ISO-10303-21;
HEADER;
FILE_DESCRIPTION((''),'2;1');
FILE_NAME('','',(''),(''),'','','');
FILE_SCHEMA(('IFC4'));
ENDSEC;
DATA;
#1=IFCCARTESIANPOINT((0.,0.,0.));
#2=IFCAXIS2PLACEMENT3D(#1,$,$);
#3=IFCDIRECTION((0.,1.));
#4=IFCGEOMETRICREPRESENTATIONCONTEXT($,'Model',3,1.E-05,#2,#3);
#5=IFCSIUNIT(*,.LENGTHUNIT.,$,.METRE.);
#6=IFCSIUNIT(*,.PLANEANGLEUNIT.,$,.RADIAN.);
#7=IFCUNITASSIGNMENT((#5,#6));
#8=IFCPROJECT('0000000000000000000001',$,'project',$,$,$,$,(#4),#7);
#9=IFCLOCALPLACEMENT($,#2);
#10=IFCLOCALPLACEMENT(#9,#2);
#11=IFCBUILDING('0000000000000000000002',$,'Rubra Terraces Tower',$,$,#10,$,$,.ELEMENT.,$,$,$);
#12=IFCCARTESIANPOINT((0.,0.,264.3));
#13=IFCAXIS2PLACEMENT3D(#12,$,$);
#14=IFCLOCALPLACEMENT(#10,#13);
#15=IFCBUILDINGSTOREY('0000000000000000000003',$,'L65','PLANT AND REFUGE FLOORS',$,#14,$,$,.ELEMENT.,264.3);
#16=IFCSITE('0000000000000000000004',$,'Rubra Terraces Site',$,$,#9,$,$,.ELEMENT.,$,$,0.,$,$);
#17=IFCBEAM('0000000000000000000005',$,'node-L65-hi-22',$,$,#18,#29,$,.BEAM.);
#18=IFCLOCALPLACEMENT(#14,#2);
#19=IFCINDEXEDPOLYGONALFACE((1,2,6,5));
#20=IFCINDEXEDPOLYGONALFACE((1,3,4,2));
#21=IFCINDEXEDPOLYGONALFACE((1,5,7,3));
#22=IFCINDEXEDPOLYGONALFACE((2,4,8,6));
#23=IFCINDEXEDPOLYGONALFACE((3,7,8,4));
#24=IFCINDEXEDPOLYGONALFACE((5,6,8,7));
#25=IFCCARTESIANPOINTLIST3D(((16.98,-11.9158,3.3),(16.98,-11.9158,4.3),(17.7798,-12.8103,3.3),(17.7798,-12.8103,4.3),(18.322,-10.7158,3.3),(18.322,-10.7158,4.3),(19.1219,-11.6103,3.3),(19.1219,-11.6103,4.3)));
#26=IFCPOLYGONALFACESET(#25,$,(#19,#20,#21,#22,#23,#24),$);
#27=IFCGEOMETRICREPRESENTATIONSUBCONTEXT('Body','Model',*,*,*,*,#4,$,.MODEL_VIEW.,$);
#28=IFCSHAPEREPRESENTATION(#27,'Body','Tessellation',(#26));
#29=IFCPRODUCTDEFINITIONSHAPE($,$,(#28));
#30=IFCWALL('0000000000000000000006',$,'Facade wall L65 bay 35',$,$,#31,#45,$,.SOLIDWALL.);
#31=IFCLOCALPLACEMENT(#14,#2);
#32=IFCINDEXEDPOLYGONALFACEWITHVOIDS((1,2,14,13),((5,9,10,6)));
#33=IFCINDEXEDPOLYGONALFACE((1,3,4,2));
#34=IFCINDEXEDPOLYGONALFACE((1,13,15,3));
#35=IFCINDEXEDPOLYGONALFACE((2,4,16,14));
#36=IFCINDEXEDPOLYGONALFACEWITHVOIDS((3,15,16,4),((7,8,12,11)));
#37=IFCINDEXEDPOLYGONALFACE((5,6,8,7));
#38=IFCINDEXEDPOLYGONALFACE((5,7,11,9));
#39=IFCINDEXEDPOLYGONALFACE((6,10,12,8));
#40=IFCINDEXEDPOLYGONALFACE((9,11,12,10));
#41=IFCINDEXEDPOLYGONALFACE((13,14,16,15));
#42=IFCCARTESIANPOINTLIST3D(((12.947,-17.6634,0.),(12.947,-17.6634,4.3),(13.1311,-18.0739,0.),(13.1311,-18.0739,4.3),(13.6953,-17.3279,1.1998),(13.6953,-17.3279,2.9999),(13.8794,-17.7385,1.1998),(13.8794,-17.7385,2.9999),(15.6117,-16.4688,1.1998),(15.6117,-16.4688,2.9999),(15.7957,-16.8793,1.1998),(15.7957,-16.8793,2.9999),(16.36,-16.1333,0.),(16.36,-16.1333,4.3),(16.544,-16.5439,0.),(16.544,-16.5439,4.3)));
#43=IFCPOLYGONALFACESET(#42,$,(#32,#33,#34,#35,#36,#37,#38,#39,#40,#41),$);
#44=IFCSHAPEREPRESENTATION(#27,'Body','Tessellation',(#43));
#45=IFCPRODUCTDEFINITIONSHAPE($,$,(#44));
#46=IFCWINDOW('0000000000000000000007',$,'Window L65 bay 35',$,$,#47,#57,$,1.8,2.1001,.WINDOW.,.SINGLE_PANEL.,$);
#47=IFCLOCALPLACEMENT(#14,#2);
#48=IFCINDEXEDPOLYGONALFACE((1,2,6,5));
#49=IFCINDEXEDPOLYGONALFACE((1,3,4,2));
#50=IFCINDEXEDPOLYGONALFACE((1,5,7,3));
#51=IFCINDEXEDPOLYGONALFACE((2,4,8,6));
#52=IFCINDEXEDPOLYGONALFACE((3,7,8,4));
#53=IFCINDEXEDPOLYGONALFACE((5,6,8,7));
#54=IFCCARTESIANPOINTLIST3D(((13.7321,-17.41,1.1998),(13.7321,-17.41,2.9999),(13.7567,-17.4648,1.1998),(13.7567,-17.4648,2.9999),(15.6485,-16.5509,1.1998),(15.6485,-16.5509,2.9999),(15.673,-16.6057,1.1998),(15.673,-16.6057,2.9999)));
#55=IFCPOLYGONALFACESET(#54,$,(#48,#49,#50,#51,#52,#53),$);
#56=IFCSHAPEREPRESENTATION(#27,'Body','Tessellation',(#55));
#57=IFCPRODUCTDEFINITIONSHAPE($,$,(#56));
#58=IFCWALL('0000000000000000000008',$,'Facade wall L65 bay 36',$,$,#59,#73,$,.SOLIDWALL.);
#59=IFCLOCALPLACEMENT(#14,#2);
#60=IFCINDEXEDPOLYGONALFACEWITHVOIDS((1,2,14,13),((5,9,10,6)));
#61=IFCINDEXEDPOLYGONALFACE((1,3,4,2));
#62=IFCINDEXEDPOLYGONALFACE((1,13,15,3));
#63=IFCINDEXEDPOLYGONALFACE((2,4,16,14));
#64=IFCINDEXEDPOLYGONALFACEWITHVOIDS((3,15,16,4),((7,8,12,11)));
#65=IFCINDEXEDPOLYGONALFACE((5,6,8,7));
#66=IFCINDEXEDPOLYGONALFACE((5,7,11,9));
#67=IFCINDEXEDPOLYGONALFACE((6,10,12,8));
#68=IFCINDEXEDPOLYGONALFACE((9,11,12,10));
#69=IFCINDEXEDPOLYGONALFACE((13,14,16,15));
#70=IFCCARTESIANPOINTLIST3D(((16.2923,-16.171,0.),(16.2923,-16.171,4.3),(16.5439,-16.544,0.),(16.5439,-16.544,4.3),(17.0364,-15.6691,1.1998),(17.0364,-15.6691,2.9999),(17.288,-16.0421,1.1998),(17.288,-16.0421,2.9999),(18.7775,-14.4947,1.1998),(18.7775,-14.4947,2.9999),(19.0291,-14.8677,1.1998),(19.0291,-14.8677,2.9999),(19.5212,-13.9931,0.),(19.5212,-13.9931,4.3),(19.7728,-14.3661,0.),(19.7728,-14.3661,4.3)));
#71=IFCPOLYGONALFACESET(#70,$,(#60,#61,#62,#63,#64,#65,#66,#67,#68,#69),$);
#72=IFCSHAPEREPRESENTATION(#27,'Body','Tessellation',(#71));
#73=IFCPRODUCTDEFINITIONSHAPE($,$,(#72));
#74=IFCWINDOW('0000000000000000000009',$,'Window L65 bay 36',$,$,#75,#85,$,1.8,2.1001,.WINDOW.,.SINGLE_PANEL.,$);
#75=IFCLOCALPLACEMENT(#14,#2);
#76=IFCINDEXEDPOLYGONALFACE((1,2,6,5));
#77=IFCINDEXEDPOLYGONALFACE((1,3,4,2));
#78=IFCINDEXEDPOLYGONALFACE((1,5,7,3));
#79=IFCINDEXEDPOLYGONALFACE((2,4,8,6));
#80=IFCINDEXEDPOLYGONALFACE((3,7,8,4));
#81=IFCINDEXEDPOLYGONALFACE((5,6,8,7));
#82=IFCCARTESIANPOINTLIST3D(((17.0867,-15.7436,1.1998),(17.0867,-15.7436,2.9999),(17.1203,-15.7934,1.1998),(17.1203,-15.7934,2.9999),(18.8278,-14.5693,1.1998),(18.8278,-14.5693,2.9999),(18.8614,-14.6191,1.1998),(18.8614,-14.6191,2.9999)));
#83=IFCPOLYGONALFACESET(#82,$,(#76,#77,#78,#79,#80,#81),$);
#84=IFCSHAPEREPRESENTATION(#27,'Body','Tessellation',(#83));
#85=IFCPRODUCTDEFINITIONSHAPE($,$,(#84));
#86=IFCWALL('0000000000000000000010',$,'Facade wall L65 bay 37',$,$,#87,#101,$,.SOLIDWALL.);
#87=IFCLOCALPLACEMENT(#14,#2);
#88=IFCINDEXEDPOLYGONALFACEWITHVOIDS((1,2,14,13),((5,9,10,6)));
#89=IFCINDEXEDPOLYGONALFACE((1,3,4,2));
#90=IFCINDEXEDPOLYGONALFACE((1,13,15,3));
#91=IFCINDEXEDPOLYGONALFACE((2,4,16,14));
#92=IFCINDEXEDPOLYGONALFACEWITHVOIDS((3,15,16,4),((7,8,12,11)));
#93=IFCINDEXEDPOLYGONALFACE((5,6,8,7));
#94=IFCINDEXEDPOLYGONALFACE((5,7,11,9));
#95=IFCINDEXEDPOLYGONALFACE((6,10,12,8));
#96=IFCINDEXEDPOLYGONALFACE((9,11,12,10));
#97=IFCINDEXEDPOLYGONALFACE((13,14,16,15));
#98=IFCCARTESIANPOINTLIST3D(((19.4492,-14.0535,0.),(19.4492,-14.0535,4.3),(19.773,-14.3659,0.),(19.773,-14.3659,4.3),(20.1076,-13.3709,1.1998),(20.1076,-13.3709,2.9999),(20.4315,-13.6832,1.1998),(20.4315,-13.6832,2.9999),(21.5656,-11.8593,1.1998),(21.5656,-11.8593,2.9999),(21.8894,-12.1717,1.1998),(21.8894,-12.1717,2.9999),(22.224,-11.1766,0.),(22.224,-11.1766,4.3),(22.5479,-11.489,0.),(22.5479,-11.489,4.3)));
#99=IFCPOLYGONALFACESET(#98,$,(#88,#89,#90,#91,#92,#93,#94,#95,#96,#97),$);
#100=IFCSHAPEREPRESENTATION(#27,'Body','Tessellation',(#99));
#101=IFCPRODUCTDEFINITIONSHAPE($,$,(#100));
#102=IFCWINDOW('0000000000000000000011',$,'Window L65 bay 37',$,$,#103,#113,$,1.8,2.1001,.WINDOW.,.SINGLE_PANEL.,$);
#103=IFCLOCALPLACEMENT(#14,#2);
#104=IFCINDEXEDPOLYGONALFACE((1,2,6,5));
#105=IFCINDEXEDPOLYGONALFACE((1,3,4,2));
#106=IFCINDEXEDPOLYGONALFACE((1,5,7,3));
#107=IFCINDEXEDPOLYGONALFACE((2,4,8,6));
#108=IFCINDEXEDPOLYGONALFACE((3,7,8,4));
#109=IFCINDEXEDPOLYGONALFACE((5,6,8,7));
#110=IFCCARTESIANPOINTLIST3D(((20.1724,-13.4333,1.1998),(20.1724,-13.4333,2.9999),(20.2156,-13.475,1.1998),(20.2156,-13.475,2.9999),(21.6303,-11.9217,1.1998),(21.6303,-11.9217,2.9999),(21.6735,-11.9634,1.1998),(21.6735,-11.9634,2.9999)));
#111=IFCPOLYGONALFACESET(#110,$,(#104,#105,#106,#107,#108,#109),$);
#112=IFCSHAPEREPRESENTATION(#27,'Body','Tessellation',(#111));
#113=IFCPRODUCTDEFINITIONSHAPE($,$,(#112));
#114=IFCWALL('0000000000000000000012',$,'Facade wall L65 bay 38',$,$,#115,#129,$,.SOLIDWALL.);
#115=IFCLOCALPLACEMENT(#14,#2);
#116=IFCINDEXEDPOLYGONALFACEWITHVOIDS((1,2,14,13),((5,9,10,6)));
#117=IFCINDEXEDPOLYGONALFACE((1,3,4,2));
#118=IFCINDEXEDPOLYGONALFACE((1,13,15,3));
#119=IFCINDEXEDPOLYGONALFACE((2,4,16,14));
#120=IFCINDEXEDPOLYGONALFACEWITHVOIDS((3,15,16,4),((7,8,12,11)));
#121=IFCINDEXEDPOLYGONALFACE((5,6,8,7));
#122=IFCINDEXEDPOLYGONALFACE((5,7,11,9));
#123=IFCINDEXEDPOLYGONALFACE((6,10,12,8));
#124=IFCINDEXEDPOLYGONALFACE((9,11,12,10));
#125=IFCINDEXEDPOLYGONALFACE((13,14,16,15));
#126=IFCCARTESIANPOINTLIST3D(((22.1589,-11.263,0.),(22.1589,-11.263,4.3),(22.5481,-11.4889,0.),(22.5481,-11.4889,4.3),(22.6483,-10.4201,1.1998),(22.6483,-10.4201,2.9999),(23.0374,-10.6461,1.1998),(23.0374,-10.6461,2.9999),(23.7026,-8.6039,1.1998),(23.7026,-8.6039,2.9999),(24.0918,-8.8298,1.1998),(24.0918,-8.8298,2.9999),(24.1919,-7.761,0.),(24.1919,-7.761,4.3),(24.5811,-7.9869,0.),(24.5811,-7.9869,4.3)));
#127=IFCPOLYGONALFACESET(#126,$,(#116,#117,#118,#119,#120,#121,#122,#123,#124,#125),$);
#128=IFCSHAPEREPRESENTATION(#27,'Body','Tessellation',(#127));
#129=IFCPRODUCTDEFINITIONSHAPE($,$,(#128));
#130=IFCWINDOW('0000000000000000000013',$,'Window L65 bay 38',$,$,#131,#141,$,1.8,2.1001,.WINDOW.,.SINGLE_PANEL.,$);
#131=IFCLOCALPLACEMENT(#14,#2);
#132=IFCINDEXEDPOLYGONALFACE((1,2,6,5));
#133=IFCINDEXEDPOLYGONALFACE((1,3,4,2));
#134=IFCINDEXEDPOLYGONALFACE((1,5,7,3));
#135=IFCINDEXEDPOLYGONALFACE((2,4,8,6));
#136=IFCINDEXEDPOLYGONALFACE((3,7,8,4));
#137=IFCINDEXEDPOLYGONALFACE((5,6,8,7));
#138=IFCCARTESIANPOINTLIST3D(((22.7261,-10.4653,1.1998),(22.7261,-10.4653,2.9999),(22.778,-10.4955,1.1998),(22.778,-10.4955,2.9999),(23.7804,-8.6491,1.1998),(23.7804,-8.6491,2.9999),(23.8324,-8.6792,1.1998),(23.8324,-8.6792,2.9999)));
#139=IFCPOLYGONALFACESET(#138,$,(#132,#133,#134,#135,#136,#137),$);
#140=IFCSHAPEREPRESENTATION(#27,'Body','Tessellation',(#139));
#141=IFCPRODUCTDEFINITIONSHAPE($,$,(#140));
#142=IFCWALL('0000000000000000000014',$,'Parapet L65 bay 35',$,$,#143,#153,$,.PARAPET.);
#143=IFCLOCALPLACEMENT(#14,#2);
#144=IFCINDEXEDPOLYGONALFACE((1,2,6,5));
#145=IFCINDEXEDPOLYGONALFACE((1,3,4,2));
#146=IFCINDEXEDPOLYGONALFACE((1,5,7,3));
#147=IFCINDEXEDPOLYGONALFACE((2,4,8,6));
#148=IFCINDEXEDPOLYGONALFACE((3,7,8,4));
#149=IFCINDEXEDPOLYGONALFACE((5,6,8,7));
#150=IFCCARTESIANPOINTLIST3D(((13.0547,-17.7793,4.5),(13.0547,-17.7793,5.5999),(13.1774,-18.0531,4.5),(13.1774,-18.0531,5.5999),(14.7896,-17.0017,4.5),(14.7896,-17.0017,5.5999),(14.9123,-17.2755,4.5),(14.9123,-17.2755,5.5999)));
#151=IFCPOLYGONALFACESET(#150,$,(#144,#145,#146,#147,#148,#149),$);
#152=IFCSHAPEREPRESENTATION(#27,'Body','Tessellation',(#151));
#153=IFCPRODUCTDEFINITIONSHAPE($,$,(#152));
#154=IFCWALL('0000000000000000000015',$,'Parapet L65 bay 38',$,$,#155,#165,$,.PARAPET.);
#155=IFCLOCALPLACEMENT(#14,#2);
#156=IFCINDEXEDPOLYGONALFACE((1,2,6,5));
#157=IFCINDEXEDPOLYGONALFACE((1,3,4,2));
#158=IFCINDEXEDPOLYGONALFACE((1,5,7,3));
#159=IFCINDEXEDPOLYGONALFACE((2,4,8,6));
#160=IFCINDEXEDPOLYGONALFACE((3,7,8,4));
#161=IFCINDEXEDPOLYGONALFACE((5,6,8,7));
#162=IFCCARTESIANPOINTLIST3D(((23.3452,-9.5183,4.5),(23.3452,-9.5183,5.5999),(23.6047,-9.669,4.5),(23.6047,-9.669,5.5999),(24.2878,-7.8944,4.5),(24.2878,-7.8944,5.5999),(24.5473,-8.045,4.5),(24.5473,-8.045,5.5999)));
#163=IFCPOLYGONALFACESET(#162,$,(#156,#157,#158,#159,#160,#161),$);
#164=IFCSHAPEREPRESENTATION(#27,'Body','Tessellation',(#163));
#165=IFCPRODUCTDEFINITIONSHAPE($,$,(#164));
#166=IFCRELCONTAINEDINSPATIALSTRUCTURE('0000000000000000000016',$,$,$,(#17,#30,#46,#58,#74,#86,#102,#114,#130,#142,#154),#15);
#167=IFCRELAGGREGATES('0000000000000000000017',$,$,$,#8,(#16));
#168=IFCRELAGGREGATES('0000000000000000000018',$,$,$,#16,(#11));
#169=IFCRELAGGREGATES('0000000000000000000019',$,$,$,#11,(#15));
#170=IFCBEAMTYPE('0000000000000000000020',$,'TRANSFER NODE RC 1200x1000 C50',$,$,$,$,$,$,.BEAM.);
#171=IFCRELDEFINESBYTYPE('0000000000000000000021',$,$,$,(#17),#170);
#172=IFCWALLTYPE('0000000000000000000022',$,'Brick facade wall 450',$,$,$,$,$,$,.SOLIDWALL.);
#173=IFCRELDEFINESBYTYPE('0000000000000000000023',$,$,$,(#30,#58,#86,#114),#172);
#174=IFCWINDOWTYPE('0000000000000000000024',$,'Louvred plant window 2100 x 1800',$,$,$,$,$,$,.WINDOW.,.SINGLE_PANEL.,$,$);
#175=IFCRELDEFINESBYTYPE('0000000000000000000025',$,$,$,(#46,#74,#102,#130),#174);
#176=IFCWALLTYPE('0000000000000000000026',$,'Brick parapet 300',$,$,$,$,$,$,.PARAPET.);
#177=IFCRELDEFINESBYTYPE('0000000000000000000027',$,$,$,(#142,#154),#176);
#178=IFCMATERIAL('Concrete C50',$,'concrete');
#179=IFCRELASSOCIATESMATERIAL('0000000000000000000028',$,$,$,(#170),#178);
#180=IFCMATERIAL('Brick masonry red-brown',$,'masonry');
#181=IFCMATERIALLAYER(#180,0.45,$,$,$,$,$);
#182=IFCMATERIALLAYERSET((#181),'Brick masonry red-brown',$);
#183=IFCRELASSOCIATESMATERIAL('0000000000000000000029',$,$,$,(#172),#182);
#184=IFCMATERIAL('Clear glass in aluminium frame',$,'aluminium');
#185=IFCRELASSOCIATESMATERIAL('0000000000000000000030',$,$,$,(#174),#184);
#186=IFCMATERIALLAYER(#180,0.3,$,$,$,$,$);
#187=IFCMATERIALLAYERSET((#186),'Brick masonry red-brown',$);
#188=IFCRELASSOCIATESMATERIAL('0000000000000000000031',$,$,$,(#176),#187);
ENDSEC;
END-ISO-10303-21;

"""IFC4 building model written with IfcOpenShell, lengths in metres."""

from ifc_helpers import new_model, si_unit, direction, frame, frame_2d, origin, origin_2d, place, context, subcontext, project, spatial, rectangle, extrude, material, layer, layer_set, material_profile, profile_set, type_object, element, fill, save


model = new_model("IFC4")

# Units and contexts
model_context = context("Model", 3, precision=1e-05, world=origin(), true_north=direction((0.0, 1.0)))
body_context = subcontext(model_context, "Body", "Model", "MODEL_VIEW")
ifc_project = project(units=[si_unit("LENGTHUNIT", "METRE"), si_unit("PLANEANGLEUNIT", "RADIAN")], contexts=[model_context])

# Site, building, storey
site_placement = place(None, origin())
site = spatial("IfcSite", under=ifc_project, at=site_placement, Name="Rubra Terraces Site", CompositionType="ELEMENT", RefElevation=0.0)
building_placement = place(site_placement, origin())
building = spatial("IfcBuilding", under=site, at=building_placement, Name="Rubra Terraces Tower", CompositionType="ELEMENT")
storey_placement = place(building_placement, frame((0.0, 0.0, 264.3)))
storey = spatial("IfcBuildingStorey", under=building, at=storey_placement, Name="L65", Description="PLANT AND REFUGE FLOORS", CompositionType="ELEMENT", Elevation=264.3)

# Shared definitions
ifc_material_1 = material(Name="Concrete C50", Category="concrete")

# Beam
ifc_material_profile_1 = material_profile(ifc_material_1, rectangle(XDim=1.2, YDim=1.0, at=origin_2d()), Name="RC 1200x1000")
ifc_profile_set_1 = profile_set([ifc_material_profile_1], Name="Concrete C50")
beam_type_1 = type_object("IfcBeamType", Name="TRANSFER NODE RC 1200x1000 C50", PredefinedType="BEAM", material=ifc_profile_set_1)
beam_1_placement = place(storey_placement, frame((17.3799, -12.363, 3.8), z_axis=(0.745468, 0.666541, 0.0), x_axis=(-0.666541, 0.745468, 0.0)))
element("IfcBeam", 1, at=beam_1_placement, inside=storey, type_object=beam_type_1, Name="node-L65-hi-22", PredefinedType="BEAM", context=body_context, shape_type="SweptSolid", body=[
    extrude(rectangle(XDim=1.2, YDim=1.0, at=origin_2d()), origin(), (0.0, 0.0, 1.0), 1.8003),
])

# Walls, openings, windows
ifc_material_2 = material(Name="Brick masonry red-brown", Category="masonry")
ifc_layer_1 = layer(ifc_material_2, 0.45)
ifc_layer_set_1 = layer_set([ifc_layer_1], Name="Brick masonry red-brown")
wall_type_1 = type_object("IfcWallType", Name="Brick facade wall 450", PredefinedType="SOLIDWALL", material=ifc_layer_set_1)
wall_1_placement = place(storey_placement, frame((13.0391, -17.8687, 0.0), z_axis=(0.0, 0.0, 1.0), x_axis=(0.912496, 0.409086, 0.0)))
wall_1 = element("IfcWall", 2, at=wall_1_placement, inside=storey, type_object=wall_type_1, Name="Facade wall L65 bay 35", PredefinedType="SOLIDWALL", context=body_context, shape_type="SweptSolid", body=[
    extrude(rectangle(XDim=3.7402, YDim=0.45, at=frame_2d((1.8701, 0.0))), origin(), (0.0, 0.0, 1.0), 4.3),
])
opening_1_placement = place(wall_1_placement, frame((0.8201, 0.0, 1.2)))
opening_1 = element("IfcOpeningElement", 3, at=opening_1_placement, cuts=wall_1, PredefinedType="OPENING", context=body_context, shape_type="SweptSolid", body=[
    extrude(rectangle(XDim=2.1001, YDim=1.8, at=frame_2d((1.05, 0.8999))), frame((0.0, 0.2349, 0.0), z_axis=(0.0, -1.0, 0.0), x_axis=(1.0, 0.0, 0.0)), (0.0, 0.0, 1.0), 0.47),
])
ifc_material_3 = material(Name="Clear glass in aluminium frame", Category="aluminium")
window_type = type_object("IfcWindowType", Name="Louvred plant window 2100 x 1800", PartitioningType="SINGLE_PANEL", PredefinedType="WINDOW", material=ifc_material_3)
window_1_placement = place(opening_1_placement, origin())
window_1 = element("IfcWindow", 4, at=window_1_placement, inside=storey, type_object=window_type, Name="Window L65 bay 35", OverallHeight=1.8, OverallWidth=2.1001, PartitioningType="SINGLE_PANEL", PredefinedType="WINDOW", context=body_context, shape_type="SweptSolid", body=[
    extrude(rectangle(XDim=2.1001, YDim=1.8, at=frame_2d((1.05, 0.8999))), frame((0.0, 0.135, 0.0), z_axis=(0.0, -1.0, 0.0), x_axis=(1.0, 0.0, 0.0)), (0.0, 0.0, 1.0), 0.0601),
])
fill(opening_1, window_1)
wall_2_placement = place(storey_placement, frame((16.4182, -16.3574, 0.0), z_axis=(0.0, 0.0, 1.0), x_axis=(0.829039, 0.559191, 0.0)))
wall_2 = element("IfcWall", 5, at=wall_2_placement, inside=storey, type_object=wall_type_1, Name="Facade wall L65 bay 36", PredefinedType="SOLIDWALL", context=body_context, shape_type="SweptSolid", body=[
    extrude(rectangle(XDim=3.8948, YDim=0.45, at=frame_2d((1.9473, 0.0))), origin(), (0.0, 0.0, 1.0), 4.3),
])
opening_2_placement = place(wall_2_placement, frame((0.8975, 0.0, 1.2)))
opening_2 = element("IfcOpeningElement", 6, at=opening_2_placement, cuts=wall_2, PredefinedType="OPENING", context=body_context, shape_type="SweptSolid", body=[
    extrude(rectangle(XDim=2.1001, YDim=1.8, at=frame_2d((1.05, 0.8999))), frame((0.0, 0.2349, 0.0), z_axis=(0.0, -1.0, 0.0), x_axis=(1.0, 0.0, 0.0)), (0.0, 0.0, 1.0), 0.47),
])
window_2_placement = place(opening_2_placement, origin())
window_2 = element("IfcWindow", 7, at=window_2_placement, inside=storey, type_object=window_type, Name="Window L65 bay 36", OverallHeight=1.8, OverallWidth=2.1001, PartitioningType="SINGLE_PANEL", PredefinedType="WINDOW", context=body_context, shape_type="SweptSolid", body=[
    extrude(rectangle(XDim=2.1001, YDim=1.8, at=frame_2d((1.05, 0.8999))), frame((0.0, 0.135, 0.0), z_axis=(0.0, -1.0, 0.0), x_axis=(1.0, 0.0, 0.0)), (0.0, 0.0, 1.0), 0.0601),
])
fill(opening_2, window_2)
wall_3_placement = place(storey_placement, frame((19.6111, -14.2097, 0.0), z_axis=(0.0, 0.0, 1.0), x_axis=(0.694226, 0.719757, 0.0)))
wall_3 = element("IfcWall", 8, at=wall_3_placement, inside=storey, type_object=wall_type_1, Name="Facade wall L65 bay 37", PredefinedType="SOLIDWALL", context=body_context, shape_type="SweptSolid", body=[
    extrude(rectangle(XDim=3.9971, YDim=0.45, at=frame_2d((1.9985, 0.0))), origin(), (0.0, 0.0, 1.0), 4.3),
])
opening_3_placement = place(wall_3_placement, frame((0.9485, 0.0, 1.2)))
opening_3 = element("IfcOpeningElement", 9, at=opening_3_placement, cuts=wall_3, PredefinedType="OPENING", context=body_context, shape_type="SweptSolid", body=[
    extrude(rectangle(XDim=2.1001, YDim=1.8, at=frame_2d((1.05, 0.8999))), frame((0.0, 0.2349, 0.0), z_axis=(0.0, -1.0, 0.0), x_axis=(1.0, 0.0, 0.0)), (0.0, 0.0, 1.0), 0.47),
])
window_3_placement = place(opening_3_placement, origin())
window_3 = element("IfcWindow", 10, at=window_3_placement, inside=storey, type_object=window_type, Name="Window L65 bay 37", OverallHeight=1.8, OverallWidth=2.1001, PartitioningType="SINGLE_PANEL", PredefinedType="WINDOW", context=body_context, shape_type="SweptSolid", body=[
    extrude(rectangle(XDim=2.1001, YDim=1.8, at=frame_2d((1.05, 0.8999))), frame((0.0, 0.135, 0.0), z_axis=(0.0, -1.0, 0.0), x_axis=(1.0, 0.0, 0.0)), (0.0, 0.0, 1.0), 0.0601),
])
fill(opening_3, window_3)
wall_4_placement = place(storey_placement, frame((22.3535, -11.376, 0.0), z_axis=(0.0, 0.0, 1.0), x_axis=(0.502056, 0.864835, 0.0)))
wall_4 = element("IfcWall", 11, at=wall_4_placement, inside=storey, type_object=wall_type_1, Name="Facade wall L65 bay 38", PredefinedType="SOLIDWALL", context=body_context, shape_type="SweptSolid", body=[
    extrude(rectangle(XDim=4.0493, YDim=0.45, at=frame_2d((2.0247, 0.0))), origin(), (0.0, 0.0, 1.0), 4.3),
])
opening_4_placement = place(wall_4_placement, frame((0.9746, 0.0, 1.2)))
opening_4 = element("IfcOpeningElement", 12, at=opening_4_placement, cuts=wall_4, PredefinedType="OPENING", context=body_context, shape_type="SweptSolid", body=[
    extrude(rectangle(XDim=2.1001, YDim=1.8, at=frame_2d((1.05, 0.8999))), frame((0.0, 0.2349, 0.0), z_axis=(0.0, -1.0, 0.0), x_axis=(1.0, 0.0, 0.0)), (0.0, 0.0, 1.0), 0.47),
])
window_4_placement = place(opening_4_placement, origin())
window_4 = element("IfcWindow", 13, at=window_4_placement, inside=storey, type_object=window_type, Name="Window L65 bay 38", OverallHeight=1.8, OverallWidth=2.1001, PartitioningType="SINGLE_PANEL", PredefinedType="WINDOW", context=body_context, shape_type="SweptSolid", body=[
    extrude(rectangle(XDim=2.1001, YDim=1.8, at=frame_2d((1.05, 0.8999))), frame((0.0, 0.135, 0.0), z_axis=(0.0, -1.0, 0.0), x_axis=(1.0, 0.0, 0.0)), (0.0, 0.0, 1.0), 0.0601),
])
fill(opening_4, window_4)

# Walls
ifc_layer_2 = layer(ifc_material_2, 0.3)
ifc_layer_set_2 = layer_set([ifc_layer_2], Name="Brick masonry red-brown")
wall_type_2 = type_object("IfcWallType", Name="Brick parapet 300", PredefinedType="PARAPET", material=ifc_layer_set_2)
wall_5_placement = place(storey_placement, frame((13.116, -17.9163, 4.5), z_axis=(0.0, 0.0, 1.0), x_axis=(0.912531, 0.409008, 0.0)))
element("IfcWall", 14, at=wall_5_placement, inside=storey, type_object=wall_type_2, Name="Parapet L65 bay 35", PredefinedType="PARAPET", context=body_context, shape_type="SweptSolid", body=[
    extrude(rectangle(XDim=1.9011, YDim=0.3, at=frame_2d((0.9507, 0.0))), origin(), (0.0, 0.0, 1.0), 1.0999),
])
wall_6_placement = place(storey_placement, frame((23.4749, -9.5938, 4.5), z_axis=(0.0, 0.0, 1.0), x_axis=(0.501994, 0.864871, 0.0)))
element("IfcWall", 15, at=wall_6_placement, inside=storey, type_object=wall_type_2, Name="Parapet L65 bay 38", PredefinedType="PARAPET", context=body_context, shape_type="SweptSolid", body=[
    extrude(rectangle(XDim=1.8777, YDim=0.3, at=frame_2d((0.939, 0.0))), origin(), (0.0, 0.0, 1.0), 1.0999),
])

save(model, "model.ifc")
